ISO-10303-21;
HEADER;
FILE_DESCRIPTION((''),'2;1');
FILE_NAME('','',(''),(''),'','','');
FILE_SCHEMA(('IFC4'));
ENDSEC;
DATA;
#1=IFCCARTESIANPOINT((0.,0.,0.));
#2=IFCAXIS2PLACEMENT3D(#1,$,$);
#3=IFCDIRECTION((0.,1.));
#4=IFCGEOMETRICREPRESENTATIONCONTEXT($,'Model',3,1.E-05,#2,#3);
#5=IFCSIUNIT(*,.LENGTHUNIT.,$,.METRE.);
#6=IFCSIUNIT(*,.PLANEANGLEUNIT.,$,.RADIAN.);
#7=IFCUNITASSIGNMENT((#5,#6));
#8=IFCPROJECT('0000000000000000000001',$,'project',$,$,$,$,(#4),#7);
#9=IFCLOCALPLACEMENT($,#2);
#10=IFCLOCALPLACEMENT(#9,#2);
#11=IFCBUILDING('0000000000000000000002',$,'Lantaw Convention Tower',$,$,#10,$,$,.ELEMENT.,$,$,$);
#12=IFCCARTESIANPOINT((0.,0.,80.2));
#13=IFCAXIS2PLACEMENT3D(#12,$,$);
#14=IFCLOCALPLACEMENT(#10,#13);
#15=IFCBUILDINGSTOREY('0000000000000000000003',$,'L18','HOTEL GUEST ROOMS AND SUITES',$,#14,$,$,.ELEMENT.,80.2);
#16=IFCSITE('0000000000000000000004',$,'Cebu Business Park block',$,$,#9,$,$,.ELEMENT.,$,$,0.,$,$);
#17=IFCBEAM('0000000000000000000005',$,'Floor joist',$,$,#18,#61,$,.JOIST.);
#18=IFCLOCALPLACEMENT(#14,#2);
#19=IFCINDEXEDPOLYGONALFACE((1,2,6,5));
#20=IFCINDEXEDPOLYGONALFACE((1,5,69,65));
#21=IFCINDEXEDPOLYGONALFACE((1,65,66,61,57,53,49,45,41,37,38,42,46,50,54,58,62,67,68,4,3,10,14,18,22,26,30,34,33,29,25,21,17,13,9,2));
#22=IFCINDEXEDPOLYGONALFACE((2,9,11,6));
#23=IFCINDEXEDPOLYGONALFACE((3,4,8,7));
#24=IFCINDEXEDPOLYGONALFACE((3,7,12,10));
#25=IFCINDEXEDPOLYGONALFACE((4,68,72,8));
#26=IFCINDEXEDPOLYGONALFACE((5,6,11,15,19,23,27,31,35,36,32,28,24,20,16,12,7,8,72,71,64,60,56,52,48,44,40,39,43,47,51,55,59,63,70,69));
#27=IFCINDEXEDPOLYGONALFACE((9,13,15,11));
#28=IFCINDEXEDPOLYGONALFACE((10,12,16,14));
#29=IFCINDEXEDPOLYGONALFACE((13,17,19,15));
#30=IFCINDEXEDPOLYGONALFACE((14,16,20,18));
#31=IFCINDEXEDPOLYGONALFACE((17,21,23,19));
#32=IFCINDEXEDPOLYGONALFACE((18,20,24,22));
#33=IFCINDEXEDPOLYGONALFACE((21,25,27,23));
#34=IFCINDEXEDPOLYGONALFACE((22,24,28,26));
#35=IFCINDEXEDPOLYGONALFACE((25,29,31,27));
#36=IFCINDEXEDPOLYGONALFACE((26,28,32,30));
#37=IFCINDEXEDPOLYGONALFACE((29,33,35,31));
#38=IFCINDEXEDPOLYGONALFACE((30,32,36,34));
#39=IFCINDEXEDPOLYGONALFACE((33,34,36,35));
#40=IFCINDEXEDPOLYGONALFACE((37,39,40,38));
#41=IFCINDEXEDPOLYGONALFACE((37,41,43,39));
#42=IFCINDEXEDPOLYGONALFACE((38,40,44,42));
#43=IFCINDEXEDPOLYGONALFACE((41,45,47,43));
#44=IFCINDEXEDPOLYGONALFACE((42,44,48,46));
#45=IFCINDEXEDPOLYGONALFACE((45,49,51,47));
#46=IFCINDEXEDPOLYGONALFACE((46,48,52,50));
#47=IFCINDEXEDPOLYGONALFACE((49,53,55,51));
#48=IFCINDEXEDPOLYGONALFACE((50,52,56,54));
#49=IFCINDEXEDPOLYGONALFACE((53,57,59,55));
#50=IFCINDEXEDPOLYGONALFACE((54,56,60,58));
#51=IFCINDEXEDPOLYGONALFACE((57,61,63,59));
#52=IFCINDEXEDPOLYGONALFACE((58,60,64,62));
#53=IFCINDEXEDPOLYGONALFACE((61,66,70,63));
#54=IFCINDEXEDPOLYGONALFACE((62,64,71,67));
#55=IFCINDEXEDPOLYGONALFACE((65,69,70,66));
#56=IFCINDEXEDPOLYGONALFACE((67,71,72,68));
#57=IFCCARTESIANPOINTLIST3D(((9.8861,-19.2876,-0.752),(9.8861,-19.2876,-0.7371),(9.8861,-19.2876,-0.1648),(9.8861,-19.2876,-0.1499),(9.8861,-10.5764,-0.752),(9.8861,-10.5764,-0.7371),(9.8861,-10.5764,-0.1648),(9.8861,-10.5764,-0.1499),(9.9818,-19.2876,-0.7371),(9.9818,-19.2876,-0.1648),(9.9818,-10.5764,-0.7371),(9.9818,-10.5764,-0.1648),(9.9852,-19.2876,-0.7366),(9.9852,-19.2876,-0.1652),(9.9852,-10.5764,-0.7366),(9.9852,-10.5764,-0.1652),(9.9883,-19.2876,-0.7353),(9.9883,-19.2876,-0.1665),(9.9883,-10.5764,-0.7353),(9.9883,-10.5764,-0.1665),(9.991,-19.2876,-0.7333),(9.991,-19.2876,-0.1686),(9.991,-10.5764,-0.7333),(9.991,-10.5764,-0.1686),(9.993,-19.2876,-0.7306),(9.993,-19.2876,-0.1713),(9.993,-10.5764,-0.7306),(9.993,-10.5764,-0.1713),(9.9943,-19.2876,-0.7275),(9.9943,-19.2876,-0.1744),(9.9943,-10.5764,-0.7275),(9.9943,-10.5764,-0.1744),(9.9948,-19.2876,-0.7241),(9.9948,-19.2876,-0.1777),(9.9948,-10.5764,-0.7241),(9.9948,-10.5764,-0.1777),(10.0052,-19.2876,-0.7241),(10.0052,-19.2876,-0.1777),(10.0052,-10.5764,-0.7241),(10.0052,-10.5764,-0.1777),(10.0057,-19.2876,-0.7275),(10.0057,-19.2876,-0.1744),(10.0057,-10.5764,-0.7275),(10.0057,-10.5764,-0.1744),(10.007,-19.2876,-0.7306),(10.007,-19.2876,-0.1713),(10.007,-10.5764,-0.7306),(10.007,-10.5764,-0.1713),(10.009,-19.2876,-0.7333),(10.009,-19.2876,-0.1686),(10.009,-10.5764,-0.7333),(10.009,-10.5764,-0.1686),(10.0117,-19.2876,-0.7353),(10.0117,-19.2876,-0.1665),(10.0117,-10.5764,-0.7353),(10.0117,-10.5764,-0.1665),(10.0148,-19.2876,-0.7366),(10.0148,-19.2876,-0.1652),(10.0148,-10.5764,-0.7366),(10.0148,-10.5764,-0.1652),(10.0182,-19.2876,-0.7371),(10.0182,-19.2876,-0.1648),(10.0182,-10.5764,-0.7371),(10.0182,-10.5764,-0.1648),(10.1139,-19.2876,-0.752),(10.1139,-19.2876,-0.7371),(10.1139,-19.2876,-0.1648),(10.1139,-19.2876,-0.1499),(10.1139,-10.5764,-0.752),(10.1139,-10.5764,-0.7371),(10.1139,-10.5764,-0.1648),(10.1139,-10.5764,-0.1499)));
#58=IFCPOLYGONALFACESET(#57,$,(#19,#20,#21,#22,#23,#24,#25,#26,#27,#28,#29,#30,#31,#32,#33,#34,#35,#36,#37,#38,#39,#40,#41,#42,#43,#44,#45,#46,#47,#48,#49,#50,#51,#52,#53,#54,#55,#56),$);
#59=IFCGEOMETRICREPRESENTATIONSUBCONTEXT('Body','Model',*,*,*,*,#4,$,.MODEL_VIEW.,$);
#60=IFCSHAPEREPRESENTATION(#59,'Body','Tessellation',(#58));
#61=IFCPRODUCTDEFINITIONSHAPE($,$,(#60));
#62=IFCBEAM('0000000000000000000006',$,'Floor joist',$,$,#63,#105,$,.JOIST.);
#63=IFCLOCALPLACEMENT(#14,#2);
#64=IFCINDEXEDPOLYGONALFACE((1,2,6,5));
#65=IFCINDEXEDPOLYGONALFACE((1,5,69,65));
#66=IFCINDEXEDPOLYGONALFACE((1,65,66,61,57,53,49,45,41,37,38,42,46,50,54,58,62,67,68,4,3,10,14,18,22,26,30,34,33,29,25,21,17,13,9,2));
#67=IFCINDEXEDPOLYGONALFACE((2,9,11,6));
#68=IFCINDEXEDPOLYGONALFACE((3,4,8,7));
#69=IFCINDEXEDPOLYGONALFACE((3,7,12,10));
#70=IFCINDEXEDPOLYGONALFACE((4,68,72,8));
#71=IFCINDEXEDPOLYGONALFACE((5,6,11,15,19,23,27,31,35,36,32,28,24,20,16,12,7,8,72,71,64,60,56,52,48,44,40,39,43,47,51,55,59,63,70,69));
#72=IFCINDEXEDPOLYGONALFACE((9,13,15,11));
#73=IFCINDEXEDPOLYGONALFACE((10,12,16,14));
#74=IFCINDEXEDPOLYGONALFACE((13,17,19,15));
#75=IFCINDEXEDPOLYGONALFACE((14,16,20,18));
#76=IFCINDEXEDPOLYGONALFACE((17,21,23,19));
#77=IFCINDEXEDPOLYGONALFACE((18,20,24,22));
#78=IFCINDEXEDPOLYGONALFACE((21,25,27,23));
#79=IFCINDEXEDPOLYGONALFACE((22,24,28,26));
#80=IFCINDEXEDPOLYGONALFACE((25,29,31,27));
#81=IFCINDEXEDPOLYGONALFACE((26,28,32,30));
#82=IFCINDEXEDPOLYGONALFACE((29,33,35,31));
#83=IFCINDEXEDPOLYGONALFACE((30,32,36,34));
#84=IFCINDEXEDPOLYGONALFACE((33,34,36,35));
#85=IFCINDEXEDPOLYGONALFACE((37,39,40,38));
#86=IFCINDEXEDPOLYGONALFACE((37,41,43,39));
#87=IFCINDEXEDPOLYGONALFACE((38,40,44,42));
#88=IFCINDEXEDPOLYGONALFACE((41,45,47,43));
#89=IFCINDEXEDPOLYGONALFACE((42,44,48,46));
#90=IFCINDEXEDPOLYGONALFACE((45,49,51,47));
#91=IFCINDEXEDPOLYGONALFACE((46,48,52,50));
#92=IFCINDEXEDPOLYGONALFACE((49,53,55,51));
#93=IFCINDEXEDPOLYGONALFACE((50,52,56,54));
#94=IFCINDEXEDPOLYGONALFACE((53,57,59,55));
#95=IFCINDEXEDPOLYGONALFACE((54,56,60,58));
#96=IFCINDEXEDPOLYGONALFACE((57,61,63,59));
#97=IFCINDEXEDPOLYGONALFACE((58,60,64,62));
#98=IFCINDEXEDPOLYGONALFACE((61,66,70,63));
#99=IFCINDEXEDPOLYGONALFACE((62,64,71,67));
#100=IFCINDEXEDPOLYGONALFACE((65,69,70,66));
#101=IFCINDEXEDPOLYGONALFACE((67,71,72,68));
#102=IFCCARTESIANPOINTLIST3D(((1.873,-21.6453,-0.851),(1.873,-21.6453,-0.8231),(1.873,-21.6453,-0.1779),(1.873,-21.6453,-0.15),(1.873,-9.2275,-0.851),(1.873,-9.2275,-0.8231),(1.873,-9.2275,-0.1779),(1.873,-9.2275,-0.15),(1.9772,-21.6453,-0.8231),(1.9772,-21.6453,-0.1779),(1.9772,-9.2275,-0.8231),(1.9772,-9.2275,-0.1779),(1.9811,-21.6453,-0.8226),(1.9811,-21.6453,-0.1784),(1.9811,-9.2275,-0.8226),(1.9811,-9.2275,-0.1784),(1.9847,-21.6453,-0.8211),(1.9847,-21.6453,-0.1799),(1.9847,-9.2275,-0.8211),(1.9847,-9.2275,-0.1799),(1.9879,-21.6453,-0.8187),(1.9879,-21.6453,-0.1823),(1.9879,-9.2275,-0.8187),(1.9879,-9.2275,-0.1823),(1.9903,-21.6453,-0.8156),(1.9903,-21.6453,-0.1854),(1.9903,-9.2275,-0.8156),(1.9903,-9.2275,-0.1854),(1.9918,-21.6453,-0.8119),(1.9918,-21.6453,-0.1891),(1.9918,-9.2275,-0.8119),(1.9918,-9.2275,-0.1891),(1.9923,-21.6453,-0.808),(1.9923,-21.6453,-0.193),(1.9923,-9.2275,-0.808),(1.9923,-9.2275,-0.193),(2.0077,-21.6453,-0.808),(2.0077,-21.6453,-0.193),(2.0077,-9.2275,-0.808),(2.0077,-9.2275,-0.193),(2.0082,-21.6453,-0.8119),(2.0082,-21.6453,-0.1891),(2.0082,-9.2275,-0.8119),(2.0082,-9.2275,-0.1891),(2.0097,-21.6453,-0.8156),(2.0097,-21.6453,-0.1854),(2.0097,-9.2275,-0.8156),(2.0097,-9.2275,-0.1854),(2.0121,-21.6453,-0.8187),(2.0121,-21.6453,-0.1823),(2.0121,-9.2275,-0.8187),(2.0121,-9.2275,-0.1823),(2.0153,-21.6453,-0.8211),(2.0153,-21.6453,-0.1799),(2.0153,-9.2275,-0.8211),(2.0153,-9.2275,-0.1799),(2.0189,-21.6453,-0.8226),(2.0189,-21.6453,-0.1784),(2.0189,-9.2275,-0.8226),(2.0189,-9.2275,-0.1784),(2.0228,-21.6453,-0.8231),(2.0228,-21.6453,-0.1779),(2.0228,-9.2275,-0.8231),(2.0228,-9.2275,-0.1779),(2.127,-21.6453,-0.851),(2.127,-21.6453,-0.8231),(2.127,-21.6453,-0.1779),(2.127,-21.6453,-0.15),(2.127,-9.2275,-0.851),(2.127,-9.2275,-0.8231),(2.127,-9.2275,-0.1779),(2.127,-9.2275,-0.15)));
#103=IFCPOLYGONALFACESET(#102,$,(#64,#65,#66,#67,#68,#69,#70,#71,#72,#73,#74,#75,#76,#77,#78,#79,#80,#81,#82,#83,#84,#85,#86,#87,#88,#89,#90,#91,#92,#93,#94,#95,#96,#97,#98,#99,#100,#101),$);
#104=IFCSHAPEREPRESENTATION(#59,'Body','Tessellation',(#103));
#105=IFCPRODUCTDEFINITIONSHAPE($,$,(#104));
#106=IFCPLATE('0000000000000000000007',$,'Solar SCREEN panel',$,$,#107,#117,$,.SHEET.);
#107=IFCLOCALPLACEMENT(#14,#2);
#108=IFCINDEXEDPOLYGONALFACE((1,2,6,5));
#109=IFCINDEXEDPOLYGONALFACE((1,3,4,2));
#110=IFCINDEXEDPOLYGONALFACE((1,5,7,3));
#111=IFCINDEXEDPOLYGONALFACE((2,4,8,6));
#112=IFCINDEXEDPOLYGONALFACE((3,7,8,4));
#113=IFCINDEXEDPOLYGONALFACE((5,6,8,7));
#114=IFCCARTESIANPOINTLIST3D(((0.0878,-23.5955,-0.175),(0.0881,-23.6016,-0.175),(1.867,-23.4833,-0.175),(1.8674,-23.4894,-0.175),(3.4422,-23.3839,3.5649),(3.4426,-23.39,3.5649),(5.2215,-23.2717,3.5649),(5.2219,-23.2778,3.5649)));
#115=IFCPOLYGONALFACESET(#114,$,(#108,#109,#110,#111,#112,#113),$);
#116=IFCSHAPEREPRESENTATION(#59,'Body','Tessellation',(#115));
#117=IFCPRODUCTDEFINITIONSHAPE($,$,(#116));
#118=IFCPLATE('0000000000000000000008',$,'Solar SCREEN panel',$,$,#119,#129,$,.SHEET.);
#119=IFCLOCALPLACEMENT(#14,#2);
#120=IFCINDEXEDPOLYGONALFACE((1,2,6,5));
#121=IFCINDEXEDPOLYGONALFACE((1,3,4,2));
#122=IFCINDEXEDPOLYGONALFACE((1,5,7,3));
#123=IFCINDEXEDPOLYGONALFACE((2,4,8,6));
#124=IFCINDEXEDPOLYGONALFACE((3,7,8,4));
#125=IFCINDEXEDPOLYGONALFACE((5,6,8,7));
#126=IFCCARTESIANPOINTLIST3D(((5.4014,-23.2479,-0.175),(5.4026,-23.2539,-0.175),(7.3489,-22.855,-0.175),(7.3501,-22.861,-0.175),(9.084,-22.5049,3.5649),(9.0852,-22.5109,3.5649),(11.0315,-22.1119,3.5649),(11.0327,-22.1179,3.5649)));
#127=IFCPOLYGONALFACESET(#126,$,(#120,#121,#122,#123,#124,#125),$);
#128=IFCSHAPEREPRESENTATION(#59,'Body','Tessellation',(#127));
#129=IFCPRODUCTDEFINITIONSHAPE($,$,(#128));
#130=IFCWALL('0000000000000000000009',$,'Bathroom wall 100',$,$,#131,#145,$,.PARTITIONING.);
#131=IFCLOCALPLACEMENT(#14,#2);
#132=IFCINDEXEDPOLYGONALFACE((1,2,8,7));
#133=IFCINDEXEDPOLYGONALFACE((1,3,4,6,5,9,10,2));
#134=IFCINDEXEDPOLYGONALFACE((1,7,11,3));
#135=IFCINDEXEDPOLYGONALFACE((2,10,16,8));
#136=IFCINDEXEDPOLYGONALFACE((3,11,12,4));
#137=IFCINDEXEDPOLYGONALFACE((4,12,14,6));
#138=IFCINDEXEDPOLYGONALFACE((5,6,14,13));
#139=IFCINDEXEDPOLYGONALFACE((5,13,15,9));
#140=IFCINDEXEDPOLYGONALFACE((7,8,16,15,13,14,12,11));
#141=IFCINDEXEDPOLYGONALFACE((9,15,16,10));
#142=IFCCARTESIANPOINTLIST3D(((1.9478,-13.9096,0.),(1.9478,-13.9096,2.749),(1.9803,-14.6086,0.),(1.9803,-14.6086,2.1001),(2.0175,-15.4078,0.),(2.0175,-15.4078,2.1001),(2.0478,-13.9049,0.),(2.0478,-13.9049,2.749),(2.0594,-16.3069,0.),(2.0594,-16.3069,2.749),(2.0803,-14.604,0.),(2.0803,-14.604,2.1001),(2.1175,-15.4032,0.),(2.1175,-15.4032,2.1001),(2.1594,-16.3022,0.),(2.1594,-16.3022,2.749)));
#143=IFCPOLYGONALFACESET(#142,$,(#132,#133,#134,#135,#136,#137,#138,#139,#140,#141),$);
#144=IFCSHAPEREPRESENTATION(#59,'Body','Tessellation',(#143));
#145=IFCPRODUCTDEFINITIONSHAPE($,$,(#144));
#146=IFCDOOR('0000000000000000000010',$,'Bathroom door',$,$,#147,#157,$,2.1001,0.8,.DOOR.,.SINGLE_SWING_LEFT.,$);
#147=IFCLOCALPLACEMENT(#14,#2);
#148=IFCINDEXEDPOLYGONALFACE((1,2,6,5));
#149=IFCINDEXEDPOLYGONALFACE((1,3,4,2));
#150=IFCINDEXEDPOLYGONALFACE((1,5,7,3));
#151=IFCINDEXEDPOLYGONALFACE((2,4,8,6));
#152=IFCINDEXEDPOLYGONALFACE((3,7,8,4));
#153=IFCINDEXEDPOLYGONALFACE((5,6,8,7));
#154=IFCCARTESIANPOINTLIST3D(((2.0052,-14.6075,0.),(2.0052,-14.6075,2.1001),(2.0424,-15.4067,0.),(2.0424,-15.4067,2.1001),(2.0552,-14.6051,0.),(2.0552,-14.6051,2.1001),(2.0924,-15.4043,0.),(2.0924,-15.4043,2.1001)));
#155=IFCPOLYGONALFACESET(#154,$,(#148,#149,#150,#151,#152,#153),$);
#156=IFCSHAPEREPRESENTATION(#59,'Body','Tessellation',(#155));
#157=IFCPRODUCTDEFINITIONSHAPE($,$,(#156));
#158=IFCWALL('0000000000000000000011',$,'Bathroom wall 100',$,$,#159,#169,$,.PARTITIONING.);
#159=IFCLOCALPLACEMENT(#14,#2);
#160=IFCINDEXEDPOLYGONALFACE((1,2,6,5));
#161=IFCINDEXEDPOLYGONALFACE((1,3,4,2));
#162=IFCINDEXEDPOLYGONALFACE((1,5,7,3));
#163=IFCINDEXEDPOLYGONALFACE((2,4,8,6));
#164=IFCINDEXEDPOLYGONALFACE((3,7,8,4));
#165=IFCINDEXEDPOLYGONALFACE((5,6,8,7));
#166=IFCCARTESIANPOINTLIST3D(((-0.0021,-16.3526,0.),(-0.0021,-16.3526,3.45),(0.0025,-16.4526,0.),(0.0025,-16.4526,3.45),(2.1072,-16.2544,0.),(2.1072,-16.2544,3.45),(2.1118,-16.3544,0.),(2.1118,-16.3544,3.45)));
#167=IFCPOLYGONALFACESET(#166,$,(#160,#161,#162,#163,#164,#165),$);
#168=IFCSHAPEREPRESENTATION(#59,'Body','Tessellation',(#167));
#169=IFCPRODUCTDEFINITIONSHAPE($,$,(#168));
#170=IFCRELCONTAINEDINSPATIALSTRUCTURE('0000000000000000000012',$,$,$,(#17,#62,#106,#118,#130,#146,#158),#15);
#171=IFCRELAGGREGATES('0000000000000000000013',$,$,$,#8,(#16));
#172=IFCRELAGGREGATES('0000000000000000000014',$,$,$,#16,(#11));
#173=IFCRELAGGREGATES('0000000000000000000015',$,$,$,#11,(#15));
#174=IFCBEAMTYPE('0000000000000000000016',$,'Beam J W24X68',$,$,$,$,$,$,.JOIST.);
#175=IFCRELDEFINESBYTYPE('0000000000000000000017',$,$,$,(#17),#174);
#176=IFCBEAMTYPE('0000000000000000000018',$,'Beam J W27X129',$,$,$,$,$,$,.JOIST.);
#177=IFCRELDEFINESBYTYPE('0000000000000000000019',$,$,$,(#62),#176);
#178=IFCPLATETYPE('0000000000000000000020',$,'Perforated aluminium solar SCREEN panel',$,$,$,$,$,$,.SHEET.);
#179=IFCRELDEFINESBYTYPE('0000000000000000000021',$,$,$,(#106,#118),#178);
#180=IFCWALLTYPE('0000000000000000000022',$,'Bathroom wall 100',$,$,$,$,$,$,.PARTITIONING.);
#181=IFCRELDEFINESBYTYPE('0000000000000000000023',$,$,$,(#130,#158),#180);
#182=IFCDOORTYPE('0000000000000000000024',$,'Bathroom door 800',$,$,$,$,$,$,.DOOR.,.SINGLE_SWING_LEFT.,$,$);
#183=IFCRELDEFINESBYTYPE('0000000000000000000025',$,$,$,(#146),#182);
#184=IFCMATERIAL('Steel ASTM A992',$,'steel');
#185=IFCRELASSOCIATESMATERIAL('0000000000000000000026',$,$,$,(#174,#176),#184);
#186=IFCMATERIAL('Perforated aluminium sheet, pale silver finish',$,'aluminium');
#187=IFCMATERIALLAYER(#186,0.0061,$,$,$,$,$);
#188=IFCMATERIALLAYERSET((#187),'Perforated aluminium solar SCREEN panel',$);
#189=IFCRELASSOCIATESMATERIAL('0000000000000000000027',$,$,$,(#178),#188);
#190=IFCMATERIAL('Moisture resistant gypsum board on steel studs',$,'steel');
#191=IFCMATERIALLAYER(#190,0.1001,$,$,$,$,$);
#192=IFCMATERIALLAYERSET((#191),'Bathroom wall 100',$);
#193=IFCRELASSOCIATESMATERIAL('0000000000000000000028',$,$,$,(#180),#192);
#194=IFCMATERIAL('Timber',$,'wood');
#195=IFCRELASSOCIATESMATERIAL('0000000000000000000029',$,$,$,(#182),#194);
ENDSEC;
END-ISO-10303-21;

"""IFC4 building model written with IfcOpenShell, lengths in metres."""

from ifc_helpers import new_model, si_unit, direction, frame, frame_2d, origin, origin_2d, place, context, subcontext, project, spatial, polyline, rectangle, i_section, outline, extrude, material, layer, layer_set, material_profile, profile_set, type_object, element, fill, save


model = new_model("IFC4")

# Units and contexts
model_context = context("Model", 3, precision=1e-05, world=origin(), true_north=direction((0.0, 1.0)))
body_context = subcontext(model_context, "Body", "Model", "MODEL_VIEW")
ifc_project = project(units=[si_unit("LENGTHUNIT", "METRE"), si_unit("PLANEANGLEUNIT", "RADIAN")], contexts=[model_context])

# Site, building, storey
site_placement = place(None, origin())
site = spatial("IfcSite", under=ifc_project, at=site_placement, Name="Cebu Business Park block", CompositionType="ELEMENT", RefElevation=0.0)
building_placement = place(site_placement, origin())
building = spatial("IfcBuilding", under=site, at=building_placement, Name="Lantaw Convention Tower", CompositionType="ELEMENT")
storey_placement = place(building_placement, frame((0.0, 0.0, 80.2)))
storey = spatial("IfcBuildingStorey", under=building, at=storey_placement, Name="L18", Description="HOTEL GUEST ROOMS AND SUITES", CompositionType="ELEMENT", Elevation=80.2)

# Beams
ifc_material_1 = material(Name="Steel ASTM A992", Category="steel")
ifc_material_profile_1 = material_profile(ifc_material_1, i_section(OverallWidth=0.2278, OverallDepth=0.6021, WebThickness=0.0105, FlangeThickness=0.0149, FilletRadius=0.0129, at=origin_2d()), Name="W24X68")
ifc_profile_set_1 = profile_set([ifc_material_profile_1], Name="Steel ASTM A992")
beam_type_1 = type_object("IfcBeamType", Name="Beam J W24X68", PredefinedType="JOIST", material=ifc_profile_set_1)
beam_1_placement = place(storey_placement, frame((10.0, -19.2876, -0.4509), z_axis=(0.0, 1.0, 0.0), x_axis=(-1.0, 0.0, 0.0)))
element("IfcBeam", 1, at=beam_1_placement, inside=storey, type_object=beam_type_1, Name="Floor joist", PredefinedType="JOIST", context=body_context, shape_type="SweptSolid", body=[
    extrude(i_section(OverallWidth=0.2278, OverallDepth=0.6021, WebThickness=0.0105, FlangeThickness=0.0149, FilletRadius=0.0129, at=origin_2d()), origin(), (0.0, 0.0, 1.0), 8.7112),
])
ifc_material_profile_2 = material_profile(ifc_material_1, i_section(OverallWidth=0.2539, OverallDepth=0.7009, WebThickness=0.0154, FlangeThickness=0.0278, FilletRadius=0.0151, at=origin_2d()), Name="W27X129")
ifc_profile_set_2 = profile_set([ifc_material_profile_2], Name="Steel ASTM A992")
beam_type_2 = type_object("IfcBeamType", Name="Beam J W27X129", PredefinedType="JOIST", material=ifc_profile_set_2)
beam_2_placement = place(storey_placement, frame((2.0, -21.6453, -0.5005), z_axis=(0.0, 1.0, 0.0), x_axis=(-1.0, 0.0, 0.0)))
element("IfcBeam", 2, at=beam_2_placement, inside=storey, type_object=beam_type_2, Name="Floor joist", PredefinedType="JOIST", context=body_context, shape_type="SweptSolid", body=[
    extrude(i_section(OverallWidth=0.2539, OverallDepth=0.7009, WebThickness=0.0154, FlangeThickness=0.0278, FilletRadius=0.0151, at=origin_2d()), origin(), (0.0, 0.0, 1.0), 12.4177),
])

# Plates
ifc_material_2 = material(Name="Perforated aluminium sheet, pale silver finish", Category="aluminium")
ifc_layer_1 = layer(ifc_material_2, 0.0061)
ifc_layer_set_1 = layer_set([ifc_layer_1], Name="Perforated aluminium solar SCREEN panel")
plate_type = type_object("IfcPlateType", Name="Perforated aluminium solar SCREEN panel", PredefinedType="SHEET", material=ifc_layer_set_1)
plate_1_placement = place(storey_placement, frame((0.0881, -23.6016, -0.175), z_axis=(0.062924, -0.998018, 0.000014), x_axis=(0.998018, 0.062924, 0.0)))
element("IfcPlate", 3, at=plate_1_placement, inside=storey, type_object=plate_type, Name="Solar SCREEN panel", PredefinedType="SHEET", context=body_context, shape_type="SweptSolid", body=[
    extrude(outline(polyline([(0.0, 0.0), (1.7828, 0.0), (5.144, 3.74), (3.3611, 3.74), (0.0, 0.0)])), origin(), (0.0, 0.0, -1.0), 0.0061),
])
plate_2_placement = place(storey_placement, frame((5.4026, -23.2539, -0.175), z_axis=(0.197782, -0.980246, 0.000002), x_axis=(0.980246, 0.197782, 0.0)))
element("IfcPlate", 4, at=plate_2_placement, inside=storey, type_object=plate_type, Name="Solar SCREEN panel", PredefinedType="SHEET", context=body_context, shape_type="SweptSolid", body=[
    extrude(outline(polyline([(0.0, 0.0), (1.9867, 0.0), (5.7436, 3.74), (3.7568, 3.74), (0.0, 0.0)])), origin(), (0.0, 0.0, -1.0), 0.0061),
])

# Wall, opening, door
ifc_material_3 = material(Name="Moisture resistant gypsum board on steel studs", Category="steel")
ifc_layer_2 = layer(ifc_material_3, 0.1001)
ifc_layer_set_2 = layer_set([ifc_layer_2], Name="Bathroom wall 100")
wall_type_1 = type_object("IfcWallType", Name="Bathroom wall 100", PredefinedType="PARTITIONING", material=ifc_layer_set_2)
wall_1_placement = place(storey_placement, frame((1.9978, -13.9072, 0.0), z_axis=(0.0, 0.0, 1.0), x_axis=(0.046492, -0.998919, 0.0)))
wall_1 = element("IfcWall", 5, at=wall_1_placement, inside=storey, type_object=wall_type_1, Name="Bathroom wall 100", PredefinedType="PARTITIONING", context=body_context, shape_type="SweptSolid", body=[
    extrude(rectangle(XDim=2.3999, YDim=0.1001, at=frame_2d((1.2, 0.0))), origin(), (0.0, 0.0, 1.0), 2.749),
])
opening_1_placement = place(wall_1_placement, frame((0.7, 0.0, 0.0)))
opening_1 = element("IfcOpeningElement", 6, at=opening_1_placement, cuts=wall_1, PredefinedType="OPENING", context=body_context, shape_type="SweptSolid", body=[
    extrude(rectangle(XDim=0.8, YDim=2.1001, at=frame_2d((0.3999, 1.05))), frame((0.0, 0.0601, 0.0), z_axis=(0.0, -1.0, 0.0), x_axis=(1.0, 0.0, 0.0)), (0.0, 0.0, 1.0), 0.1201),
])
ifc_material_4 = material(Name="Timber", Category="wood")
door_type_1 = type_object("IfcDoorType", Name="Bathroom door 800", OperationType="SINGLE_SWING_LEFT", PredefinedType="DOOR", material=ifc_material_4)
door_1_placement = place(opening_1_placement, origin())
door_1 = element("IfcDoor", 7, at=door_1_placement, inside=storey, type_object=door_type_1, Name="Bathroom door", OperationType="SINGLE_SWING_LEFT", OverallHeight=2.1001, OverallWidth=0.8, PredefinedType="DOOR", context=body_context, shape_type="SweptSolid", body=[
    extrude(rectangle(XDim=0.8, YDim=2.1001, at=frame_2d((0.3999, 1.05))), frame((0.0, 0.0249, 0.0), z_axis=(0.0, -1.0, 0.0), x_axis=(1.0, 0.0, 0.0)), (0.0, 0.0, 1.0), 0.05),
])
fill(opening_1, door_1)

# Wall
wall_2_placement = place(storey_placement, frame((2.1094, -16.3044, 0.0), z_axis=(0.0, 0.0, 1.0), x_axis=(-0.998919, -0.046477, 0.0)))
element("IfcWall", 8, at=wall_2_placement, inside=storey, type_object=wall_type_1, Name="Bathroom wall 100", PredefinedType="PARTITIONING", context=body_context, shape_type="SweptSolid", body=[
    extrude(rectangle(XDim=2.1116, YDim=0.1001, at=frame_2d((1.0557, 0.0))), origin(), (0.0, 0.0, 1.0), 3.45),
])

save(model, "model.ifc")
